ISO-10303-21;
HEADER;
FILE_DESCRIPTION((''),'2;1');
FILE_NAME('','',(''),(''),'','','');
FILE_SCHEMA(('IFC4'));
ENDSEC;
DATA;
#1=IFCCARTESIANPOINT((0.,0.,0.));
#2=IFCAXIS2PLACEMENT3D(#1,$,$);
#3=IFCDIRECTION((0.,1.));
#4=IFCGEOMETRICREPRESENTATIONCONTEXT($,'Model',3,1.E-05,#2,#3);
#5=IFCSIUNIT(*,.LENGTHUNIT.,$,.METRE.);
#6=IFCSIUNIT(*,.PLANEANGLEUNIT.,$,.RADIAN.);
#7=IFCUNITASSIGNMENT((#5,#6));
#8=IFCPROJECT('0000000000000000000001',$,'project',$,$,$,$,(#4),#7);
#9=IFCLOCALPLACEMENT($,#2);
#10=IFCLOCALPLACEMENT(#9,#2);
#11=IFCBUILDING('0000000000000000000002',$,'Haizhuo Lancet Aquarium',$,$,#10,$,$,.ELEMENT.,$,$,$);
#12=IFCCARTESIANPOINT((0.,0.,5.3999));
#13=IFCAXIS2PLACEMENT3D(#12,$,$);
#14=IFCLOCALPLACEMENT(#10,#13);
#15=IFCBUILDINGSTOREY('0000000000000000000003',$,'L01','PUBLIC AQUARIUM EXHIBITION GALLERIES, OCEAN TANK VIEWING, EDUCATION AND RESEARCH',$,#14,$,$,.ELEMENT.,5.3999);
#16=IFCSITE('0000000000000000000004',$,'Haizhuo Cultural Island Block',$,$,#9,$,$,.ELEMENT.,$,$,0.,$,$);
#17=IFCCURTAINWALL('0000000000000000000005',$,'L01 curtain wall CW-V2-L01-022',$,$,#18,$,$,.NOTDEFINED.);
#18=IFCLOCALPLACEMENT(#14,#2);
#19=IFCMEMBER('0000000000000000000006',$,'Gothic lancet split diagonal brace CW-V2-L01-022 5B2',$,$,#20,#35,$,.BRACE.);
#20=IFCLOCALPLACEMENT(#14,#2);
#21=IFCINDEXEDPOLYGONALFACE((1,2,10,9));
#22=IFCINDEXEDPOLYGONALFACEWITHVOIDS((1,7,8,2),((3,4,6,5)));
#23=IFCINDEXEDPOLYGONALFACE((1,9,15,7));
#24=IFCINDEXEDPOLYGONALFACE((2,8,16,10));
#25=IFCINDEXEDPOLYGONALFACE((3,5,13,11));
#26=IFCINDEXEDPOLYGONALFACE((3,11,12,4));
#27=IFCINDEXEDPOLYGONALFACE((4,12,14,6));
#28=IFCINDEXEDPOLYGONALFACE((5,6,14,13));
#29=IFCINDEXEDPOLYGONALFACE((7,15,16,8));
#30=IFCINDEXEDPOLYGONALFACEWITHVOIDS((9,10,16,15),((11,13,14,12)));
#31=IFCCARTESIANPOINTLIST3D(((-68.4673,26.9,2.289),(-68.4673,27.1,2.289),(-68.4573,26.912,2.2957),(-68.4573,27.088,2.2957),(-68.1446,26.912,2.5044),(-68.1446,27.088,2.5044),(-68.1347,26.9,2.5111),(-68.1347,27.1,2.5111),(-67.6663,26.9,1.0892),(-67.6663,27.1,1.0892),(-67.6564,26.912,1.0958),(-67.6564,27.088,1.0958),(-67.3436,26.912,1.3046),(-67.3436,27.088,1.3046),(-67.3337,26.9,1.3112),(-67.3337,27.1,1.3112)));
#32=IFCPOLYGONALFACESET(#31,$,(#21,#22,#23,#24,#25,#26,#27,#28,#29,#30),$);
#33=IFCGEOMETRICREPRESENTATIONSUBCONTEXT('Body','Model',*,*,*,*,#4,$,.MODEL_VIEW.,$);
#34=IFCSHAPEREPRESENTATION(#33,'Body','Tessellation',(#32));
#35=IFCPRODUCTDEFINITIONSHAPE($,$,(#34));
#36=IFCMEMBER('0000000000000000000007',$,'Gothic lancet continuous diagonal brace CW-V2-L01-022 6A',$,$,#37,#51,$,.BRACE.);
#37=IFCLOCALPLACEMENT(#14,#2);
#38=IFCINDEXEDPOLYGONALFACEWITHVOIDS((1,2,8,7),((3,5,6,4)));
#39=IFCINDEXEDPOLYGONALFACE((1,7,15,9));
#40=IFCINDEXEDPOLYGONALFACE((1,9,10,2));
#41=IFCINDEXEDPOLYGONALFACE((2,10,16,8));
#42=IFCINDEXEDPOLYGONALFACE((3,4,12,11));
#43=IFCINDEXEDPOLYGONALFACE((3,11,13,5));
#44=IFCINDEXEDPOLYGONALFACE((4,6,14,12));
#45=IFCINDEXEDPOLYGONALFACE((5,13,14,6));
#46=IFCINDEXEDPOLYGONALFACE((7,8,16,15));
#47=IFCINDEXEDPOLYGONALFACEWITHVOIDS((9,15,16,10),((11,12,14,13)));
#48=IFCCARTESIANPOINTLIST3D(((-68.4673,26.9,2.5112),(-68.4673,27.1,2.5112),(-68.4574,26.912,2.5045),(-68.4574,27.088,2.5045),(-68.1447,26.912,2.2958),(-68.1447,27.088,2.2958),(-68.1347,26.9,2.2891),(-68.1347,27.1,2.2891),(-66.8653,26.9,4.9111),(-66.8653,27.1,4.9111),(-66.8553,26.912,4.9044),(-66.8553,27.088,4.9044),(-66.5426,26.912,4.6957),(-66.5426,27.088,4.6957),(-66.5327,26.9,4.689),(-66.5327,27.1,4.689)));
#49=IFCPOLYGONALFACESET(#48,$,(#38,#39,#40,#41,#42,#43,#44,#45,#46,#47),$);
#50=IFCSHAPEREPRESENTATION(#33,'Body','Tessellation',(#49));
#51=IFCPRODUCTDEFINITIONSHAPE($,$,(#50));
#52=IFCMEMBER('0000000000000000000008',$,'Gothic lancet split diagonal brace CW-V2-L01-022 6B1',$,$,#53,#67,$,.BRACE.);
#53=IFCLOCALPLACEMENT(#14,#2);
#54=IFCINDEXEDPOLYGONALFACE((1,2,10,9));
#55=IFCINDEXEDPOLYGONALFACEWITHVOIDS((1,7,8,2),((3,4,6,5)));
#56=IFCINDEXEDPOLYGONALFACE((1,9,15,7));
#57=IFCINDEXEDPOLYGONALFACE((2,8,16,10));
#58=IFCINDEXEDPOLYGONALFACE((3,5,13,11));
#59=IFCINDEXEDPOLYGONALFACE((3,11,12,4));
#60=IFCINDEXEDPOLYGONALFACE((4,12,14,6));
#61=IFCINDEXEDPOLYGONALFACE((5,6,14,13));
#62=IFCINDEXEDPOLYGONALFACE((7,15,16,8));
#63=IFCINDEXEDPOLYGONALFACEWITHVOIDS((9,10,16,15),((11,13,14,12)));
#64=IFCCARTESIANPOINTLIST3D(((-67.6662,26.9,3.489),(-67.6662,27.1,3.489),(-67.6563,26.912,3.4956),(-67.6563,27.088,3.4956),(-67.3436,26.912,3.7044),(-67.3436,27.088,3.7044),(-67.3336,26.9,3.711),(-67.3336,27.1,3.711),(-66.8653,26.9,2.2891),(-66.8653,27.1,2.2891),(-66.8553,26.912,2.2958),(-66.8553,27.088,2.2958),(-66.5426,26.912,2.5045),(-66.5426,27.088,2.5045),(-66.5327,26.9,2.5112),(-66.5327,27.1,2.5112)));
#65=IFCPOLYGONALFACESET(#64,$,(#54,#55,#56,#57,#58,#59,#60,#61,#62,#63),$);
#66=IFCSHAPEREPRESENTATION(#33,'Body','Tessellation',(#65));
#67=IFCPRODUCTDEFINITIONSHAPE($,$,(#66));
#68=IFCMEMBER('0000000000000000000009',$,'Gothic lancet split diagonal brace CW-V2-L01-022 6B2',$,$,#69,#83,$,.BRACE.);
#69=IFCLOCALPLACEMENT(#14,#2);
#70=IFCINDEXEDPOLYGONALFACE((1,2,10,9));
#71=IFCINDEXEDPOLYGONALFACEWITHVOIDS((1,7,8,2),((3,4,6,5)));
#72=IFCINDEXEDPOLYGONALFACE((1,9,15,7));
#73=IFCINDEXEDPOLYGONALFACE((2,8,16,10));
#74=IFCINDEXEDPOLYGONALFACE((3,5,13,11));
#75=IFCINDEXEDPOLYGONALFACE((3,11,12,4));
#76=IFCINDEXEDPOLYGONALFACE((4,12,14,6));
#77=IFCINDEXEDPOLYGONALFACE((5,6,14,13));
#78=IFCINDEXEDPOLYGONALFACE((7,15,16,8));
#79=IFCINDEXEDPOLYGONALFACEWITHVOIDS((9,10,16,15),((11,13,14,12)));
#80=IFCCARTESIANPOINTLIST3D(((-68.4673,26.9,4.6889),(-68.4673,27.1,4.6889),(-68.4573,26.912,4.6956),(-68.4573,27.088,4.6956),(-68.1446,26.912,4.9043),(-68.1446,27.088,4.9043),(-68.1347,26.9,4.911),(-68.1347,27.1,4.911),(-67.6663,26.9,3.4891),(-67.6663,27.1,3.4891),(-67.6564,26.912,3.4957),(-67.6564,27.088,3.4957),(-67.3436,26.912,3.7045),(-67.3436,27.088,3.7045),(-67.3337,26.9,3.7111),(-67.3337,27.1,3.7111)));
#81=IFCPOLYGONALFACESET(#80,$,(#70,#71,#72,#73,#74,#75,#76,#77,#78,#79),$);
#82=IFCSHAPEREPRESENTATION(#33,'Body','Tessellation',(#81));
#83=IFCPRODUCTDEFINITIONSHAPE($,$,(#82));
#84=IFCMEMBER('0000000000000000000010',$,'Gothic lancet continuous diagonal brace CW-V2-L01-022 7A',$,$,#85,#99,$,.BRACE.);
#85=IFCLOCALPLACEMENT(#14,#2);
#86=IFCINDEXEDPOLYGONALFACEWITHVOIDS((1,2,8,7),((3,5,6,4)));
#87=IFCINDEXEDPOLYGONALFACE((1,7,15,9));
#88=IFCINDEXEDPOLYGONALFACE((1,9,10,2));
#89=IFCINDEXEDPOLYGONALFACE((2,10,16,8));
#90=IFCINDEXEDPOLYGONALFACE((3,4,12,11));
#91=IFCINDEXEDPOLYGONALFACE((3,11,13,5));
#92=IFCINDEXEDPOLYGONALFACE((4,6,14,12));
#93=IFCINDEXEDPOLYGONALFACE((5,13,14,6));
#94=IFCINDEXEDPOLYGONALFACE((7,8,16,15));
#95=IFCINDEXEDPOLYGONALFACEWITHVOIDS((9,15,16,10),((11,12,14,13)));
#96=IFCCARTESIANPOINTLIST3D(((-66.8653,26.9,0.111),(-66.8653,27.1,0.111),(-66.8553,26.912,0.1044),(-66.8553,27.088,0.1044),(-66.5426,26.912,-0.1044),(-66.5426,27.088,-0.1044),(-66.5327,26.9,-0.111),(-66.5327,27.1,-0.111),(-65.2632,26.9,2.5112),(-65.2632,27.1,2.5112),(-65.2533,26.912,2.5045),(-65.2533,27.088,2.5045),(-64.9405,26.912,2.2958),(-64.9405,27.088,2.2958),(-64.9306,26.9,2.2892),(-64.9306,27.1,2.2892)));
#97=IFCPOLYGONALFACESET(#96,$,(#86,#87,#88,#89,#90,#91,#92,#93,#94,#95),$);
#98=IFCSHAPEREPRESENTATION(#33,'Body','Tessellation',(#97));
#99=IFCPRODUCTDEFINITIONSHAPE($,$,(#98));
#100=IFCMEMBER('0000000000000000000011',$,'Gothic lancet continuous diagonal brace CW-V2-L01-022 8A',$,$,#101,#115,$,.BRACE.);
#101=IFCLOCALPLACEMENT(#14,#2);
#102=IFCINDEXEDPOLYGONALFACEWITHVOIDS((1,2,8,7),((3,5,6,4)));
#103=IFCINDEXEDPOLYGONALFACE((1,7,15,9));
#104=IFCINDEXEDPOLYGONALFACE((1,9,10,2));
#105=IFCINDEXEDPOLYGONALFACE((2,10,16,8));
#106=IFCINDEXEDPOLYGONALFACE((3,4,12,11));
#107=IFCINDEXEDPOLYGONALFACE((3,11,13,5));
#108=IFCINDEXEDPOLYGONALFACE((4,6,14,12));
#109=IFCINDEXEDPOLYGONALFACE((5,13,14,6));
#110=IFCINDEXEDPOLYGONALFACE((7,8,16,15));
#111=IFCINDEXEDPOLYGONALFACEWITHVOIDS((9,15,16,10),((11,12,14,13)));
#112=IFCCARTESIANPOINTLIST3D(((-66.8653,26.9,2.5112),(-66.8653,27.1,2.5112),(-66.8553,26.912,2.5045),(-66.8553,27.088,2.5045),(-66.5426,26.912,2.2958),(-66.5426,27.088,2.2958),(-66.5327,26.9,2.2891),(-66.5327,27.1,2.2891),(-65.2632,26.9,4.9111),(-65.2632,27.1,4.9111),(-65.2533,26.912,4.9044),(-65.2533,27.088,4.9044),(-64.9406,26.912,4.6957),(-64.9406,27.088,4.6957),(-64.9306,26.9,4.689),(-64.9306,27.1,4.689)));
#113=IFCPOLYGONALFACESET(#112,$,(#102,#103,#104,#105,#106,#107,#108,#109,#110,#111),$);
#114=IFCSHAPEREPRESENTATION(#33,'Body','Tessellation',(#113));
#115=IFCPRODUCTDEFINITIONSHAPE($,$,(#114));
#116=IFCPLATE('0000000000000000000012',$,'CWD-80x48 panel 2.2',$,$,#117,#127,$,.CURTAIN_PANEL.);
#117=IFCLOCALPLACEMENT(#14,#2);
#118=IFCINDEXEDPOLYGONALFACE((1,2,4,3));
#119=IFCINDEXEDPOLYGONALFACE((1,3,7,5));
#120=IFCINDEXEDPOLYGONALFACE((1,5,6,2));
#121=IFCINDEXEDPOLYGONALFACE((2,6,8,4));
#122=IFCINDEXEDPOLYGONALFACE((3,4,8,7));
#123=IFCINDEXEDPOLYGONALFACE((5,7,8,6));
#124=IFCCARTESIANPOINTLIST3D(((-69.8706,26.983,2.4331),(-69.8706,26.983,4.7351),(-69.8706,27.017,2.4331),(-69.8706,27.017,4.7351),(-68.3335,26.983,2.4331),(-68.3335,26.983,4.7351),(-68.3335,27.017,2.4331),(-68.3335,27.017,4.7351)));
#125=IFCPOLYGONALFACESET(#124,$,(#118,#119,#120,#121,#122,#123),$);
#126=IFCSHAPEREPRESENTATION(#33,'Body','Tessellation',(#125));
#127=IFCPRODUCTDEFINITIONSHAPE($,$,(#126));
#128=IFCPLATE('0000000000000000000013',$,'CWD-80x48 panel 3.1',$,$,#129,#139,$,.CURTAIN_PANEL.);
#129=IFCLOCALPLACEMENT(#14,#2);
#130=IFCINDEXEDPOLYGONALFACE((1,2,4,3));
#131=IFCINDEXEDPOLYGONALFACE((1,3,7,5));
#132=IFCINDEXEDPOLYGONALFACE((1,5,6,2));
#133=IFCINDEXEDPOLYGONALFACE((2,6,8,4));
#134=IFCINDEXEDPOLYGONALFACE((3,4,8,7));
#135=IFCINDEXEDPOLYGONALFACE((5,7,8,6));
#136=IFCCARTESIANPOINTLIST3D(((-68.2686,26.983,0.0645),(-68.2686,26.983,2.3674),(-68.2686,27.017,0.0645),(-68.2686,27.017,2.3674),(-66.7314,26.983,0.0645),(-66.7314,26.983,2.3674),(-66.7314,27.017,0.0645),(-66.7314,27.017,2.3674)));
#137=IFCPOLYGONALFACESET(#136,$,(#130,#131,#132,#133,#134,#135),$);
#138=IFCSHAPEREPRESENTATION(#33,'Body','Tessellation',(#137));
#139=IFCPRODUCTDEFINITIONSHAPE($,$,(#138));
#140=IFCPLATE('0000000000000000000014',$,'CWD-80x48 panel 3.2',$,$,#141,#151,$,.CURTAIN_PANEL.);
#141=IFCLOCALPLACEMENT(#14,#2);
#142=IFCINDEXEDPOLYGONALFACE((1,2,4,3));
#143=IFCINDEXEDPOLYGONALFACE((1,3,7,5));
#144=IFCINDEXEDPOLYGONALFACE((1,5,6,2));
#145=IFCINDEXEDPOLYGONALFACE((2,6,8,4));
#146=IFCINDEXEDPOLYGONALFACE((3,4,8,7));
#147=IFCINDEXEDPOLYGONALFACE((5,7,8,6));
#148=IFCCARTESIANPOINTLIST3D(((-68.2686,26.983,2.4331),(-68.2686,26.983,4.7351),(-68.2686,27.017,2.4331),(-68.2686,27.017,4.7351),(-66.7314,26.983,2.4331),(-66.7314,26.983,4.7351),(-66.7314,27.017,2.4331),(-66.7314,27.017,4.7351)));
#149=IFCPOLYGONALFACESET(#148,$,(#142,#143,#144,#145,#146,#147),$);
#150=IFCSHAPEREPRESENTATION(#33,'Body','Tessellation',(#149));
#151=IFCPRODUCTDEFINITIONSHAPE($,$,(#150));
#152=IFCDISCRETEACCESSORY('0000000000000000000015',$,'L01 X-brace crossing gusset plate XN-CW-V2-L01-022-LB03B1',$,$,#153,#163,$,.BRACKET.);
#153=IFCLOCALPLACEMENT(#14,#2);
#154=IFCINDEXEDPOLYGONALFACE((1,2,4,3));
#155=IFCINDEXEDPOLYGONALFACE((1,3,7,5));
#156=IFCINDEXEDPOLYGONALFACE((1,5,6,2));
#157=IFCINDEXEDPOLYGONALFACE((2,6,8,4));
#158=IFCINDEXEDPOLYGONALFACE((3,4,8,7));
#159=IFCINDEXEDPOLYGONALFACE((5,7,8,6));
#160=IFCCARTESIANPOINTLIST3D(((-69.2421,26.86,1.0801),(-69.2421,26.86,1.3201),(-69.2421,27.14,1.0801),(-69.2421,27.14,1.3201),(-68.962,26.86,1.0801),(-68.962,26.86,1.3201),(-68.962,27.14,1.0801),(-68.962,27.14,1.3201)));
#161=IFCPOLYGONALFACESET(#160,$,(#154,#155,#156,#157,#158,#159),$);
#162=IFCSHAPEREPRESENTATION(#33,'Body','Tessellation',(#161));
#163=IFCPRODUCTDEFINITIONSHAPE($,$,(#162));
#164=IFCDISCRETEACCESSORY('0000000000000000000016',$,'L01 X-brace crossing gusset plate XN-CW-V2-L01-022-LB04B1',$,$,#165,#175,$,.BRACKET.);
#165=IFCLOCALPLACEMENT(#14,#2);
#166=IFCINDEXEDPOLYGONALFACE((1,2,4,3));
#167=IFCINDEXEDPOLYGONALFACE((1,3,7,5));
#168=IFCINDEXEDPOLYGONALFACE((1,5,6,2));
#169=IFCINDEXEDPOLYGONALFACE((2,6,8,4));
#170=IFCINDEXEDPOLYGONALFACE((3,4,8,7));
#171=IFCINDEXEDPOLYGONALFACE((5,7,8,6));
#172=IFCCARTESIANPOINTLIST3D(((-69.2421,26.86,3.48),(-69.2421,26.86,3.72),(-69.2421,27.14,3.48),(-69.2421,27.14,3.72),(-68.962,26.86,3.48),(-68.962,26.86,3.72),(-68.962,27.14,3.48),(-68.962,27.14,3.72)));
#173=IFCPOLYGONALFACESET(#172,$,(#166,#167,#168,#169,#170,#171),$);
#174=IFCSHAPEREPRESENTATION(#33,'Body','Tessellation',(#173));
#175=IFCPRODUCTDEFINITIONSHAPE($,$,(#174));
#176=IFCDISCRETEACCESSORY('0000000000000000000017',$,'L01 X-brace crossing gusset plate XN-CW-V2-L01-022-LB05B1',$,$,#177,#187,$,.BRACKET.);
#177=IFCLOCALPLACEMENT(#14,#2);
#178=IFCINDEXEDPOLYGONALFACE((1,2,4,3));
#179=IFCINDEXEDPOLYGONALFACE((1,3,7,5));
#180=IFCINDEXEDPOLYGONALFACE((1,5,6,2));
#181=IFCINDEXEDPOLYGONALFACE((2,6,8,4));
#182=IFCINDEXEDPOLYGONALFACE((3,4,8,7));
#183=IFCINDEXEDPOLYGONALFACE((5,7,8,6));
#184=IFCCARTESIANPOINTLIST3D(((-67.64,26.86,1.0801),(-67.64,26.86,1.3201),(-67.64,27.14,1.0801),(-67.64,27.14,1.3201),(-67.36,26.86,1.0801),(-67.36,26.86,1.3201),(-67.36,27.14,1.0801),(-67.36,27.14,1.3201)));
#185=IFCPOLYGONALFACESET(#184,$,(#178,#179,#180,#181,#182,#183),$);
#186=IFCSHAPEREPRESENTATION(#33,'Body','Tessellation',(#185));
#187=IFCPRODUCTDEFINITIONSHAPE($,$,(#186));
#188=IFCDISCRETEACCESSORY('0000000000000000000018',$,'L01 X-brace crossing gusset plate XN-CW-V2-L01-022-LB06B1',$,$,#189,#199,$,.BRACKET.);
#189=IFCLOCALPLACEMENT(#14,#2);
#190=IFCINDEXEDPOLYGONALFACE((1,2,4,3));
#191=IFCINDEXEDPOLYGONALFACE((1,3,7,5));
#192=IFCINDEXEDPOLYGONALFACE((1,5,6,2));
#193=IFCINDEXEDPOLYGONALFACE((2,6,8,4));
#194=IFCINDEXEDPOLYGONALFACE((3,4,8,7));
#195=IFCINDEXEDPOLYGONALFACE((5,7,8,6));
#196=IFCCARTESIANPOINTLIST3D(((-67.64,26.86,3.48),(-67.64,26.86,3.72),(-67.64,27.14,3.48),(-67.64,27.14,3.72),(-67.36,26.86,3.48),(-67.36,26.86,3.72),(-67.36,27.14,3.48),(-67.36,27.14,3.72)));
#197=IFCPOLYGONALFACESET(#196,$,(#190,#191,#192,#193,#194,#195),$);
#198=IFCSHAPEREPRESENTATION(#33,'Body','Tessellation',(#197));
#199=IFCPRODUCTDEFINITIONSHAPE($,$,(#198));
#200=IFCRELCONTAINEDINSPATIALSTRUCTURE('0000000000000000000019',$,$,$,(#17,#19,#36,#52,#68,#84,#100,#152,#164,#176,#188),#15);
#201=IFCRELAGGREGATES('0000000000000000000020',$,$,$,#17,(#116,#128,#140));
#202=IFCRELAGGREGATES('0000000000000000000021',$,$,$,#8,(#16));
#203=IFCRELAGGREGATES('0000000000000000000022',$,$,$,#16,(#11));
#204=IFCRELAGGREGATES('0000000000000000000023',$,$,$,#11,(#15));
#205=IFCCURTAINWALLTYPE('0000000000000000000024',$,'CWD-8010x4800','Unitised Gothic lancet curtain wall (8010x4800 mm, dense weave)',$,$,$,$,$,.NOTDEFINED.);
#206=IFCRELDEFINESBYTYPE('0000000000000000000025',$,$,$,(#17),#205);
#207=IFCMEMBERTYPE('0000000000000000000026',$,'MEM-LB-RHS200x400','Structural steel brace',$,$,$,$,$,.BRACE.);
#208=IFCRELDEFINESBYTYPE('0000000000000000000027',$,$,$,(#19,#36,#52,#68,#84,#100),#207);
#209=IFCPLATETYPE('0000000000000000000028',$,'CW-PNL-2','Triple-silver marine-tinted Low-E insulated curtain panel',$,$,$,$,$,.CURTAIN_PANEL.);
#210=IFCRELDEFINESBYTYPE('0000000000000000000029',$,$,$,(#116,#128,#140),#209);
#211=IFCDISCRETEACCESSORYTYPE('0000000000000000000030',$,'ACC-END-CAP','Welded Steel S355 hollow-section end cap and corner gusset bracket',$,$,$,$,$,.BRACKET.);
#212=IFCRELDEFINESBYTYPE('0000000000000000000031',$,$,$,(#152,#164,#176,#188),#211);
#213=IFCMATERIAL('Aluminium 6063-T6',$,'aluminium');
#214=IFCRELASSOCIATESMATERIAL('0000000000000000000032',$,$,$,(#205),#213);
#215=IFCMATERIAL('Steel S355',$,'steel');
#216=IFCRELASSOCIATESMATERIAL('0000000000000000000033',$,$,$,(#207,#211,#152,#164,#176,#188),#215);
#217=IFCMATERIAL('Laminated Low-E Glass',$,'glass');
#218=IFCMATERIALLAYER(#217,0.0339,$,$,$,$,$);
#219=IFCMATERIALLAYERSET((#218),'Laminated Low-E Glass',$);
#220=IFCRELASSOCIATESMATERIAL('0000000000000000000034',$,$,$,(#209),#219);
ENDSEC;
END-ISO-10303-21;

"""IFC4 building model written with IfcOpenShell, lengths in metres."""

from ifc_helpers import new_model, si_unit, direction, frame, origin, origin_2d, place, context, subcontext, project, spatial, rectangle, hollow_rectangle, extrude, material, layer, layer_set, material_profile, profile_set, type_object, element, aggregate, save


model = new_model("IFC4")

# Units and contexts
model_context = context("Model", 3, precision=1e-05, world=origin(), true_north=direction((0.0, 1.0)))
body_context = subcontext(model_context, "Body", "Model", "MODEL_VIEW")
ifc_project = project(units=[si_unit("LENGTHUNIT", "METRE"), si_unit("PLANEANGLEUNIT", "RADIAN")], contexts=[model_context])

# Site, building, storey
site_placement = place(None, origin())
site = spatial("IfcSite", under=ifc_project, at=site_placement, Name="Haizhuo Cultural Island Block", CompositionType="ELEMENT", RefElevation=0.0)
building_placement = place(site_placement, origin())
building = spatial("IfcBuilding", under=site, at=building_placement, Name="Haizhuo Lancet Aquarium", CompositionType="ELEMENT")
storey_placement = place(building_placement, frame((0.0, 0.0, 5.3999)))
storey = spatial("IfcBuildingStorey", under=building, at=storey_placement, Name="L01", Description="PUBLIC AQUARIUM EXHIBITION GALLERIES, OCEAN TANK VIEWING, EDUCATION AND RESEARCH", CompositionType="ELEMENT", Elevation=5.3999)

# Curtain wall
ifc_material_1 = material(Name="Aluminium 6063-T6", Category="aluminium")
curtain_wall_type = type_object("IfcCurtainWallType", Name="CWD-8010x4800", Description="Unitised Gothic lancet curtain wall (8010x4800 mm, dense weave)", PredefinedType="NOTDEFINED", material=ifc_material_1)
curtain_wall_placement = place(storey_placement, origin())
curtain_wall = element("IfcCurtainWall", 1, at=curtain_wall_placement, inside=storey, type_object=curtain_wall_type, Name="L01 curtain wall CW-V2-L01-022", PredefinedType="NOTDEFINED")

# Members
ifc_material_2 = material(Name="Steel S355", Category="steel")
ifc_material_profile_1 = material_profile(ifc_material_2, hollow_rectangle(XDim=0.2, YDim=0.3999, WallThickness=0.012, at=origin_2d()), Name="RHS 200x400x12")
ifc_profile_set_1 = profile_set([ifc_material_profile_1], Name="Steel S355")
member_type_1 = type_object("IfcMemberType", Name="MEM-LB-RHS200x400", Description="Structural steel brace", PredefinedType="BRACE", material=ifc_profile_set_1)
member_1_placement = place(storey_placement, frame((-67.5, 27.0, 1.2002), z_axis=(-0.555208, 0.0, 0.831712), x_axis=(0.0, -1.0, 0.0)))
element("IfcMember", 2, at=member_1_placement, inside=storey, type_object=member_type_1, Name="Gothic lancet split diagonal brace CW-V2-L01-022 5B2", PredefinedType="BRACE", context=body_context, shape_type="SweptSolid", body=[
    extrude(hollow_rectangle(XDim=0.2, YDim=0.3999, WallThickness=0.012, at=origin_2d()), origin(), (0.0, 0.0, 1.0), 1.4426),
])
member_2_placement = place(storey_placement, frame((-68.301, 27.0, 2.4001), z_axis=(0.555208, 0.0, 0.831712), x_axis=(0.0, 1.0, 0.0)))
element("IfcMember", 3, at=member_2_placement, inside=storey, type_object=member_type_1, Name="Gothic lancet continuous diagonal brace CW-V2-L01-022 6A", PredefinedType="BRACE", context=body_context, shape_type="SweptSolid", body=[
    extrude(hollow_rectangle(XDim=0.2, YDim=0.3999, WallThickness=0.012, at=origin_2d()), origin(), (0.0, 0.0, 1.0), 2.8855),
])
for number, where, z_axis, x_axis, name in (
    (4, (-66.699, 27.0, 2.4001), (-0.555208, 0.0, 0.831712), (0.0, -1.0, 0.0), "Gothic lancet split diagonal brace CW-V2-L01-022 6B1"),
    (5, (-67.5, 27.0, 3.6001), (-0.555208, 0.0, 0.831712), (0.0, -1.0, 0.0), "Gothic lancet split diagonal brace CW-V2-L01-022 6B2"),
):
    element("IfcMember", number, at=place(storey_placement, frame(where, z_axis=z_axis, x_axis=x_axis)), inside=storey, type_object=member_type_1, Name=name, PredefinedType="BRACE", context=body_context, shape_type="SweptSolid", body=[
        extrude(hollow_rectangle(XDim=0.2, YDim=0.3999, WallThickness=0.012, at=origin_2d()), origin(), (0.0, 0.0, 1.0), 1.4426),
    ])
member_3_placement = place(storey_placement, frame((-66.699, 27.0, 0.0), z_axis=(0.555169, 0.0, 0.831738), x_axis=(0.0, 1.0, 0.0)))
element("IfcMember", 6, at=member_3_placement, inside=storey, type_object=member_type_1, Name="Gothic lancet continuous diagonal brace CW-V2-L01-022 7A", PredefinedType="BRACE", context=body_context, shape_type="SweptSolid", body=[
    extrude(hollow_rectangle(XDim=0.2, YDim=0.3999, WallThickness=0.012, at=origin_2d()), origin(), (0.0, 0.0, 1.0), 2.8857),
])
member_4_placement = place(storey_placement, frame((-66.699, 27.0, 2.4001), z_axis=(0.555208, 0.0, 0.831712), x_axis=(0.0, 1.0, 0.0)))
element("IfcMember", 7, at=member_4_placement, inside=storey, type_object=member_type_1, Name="Gothic lancet continuous diagonal brace CW-V2-L01-022 8A", PredefinedType="BRACE", context=body_context, shape_type="SweptSolid", body=[
    extrude(hollow_rectangle(XDim=0.2, YDim=0.3999, WallThickness=0.012, at=origin_2d()), origin(), (0.0, 0.0, 1.0), 2.8855),
])

# Plates
ifc_material_3 = material(Name="Laminated Low-E Glass", Category="glass")
ifc_layer = layer(ifc_material_3, 0.0339)
ifc_layer_set = layer_set([ifc_layer], Name="Laminated Low-E Glass")
plate_type = type_object("IfcPlateType", Name="CW-PNL-2", Description="Triple-silver marine-tinted Low-E insulated curtain panel", PredefinedType="CURTAIN_PANEL", material=ifc_layer_set)
plate_1_placement = place(storey_placement, frame((-69.1021, 27.0, 2.4331), z_axis=(0.0, 0.0, 1.0), x_axis=(1.0, 0.0, 0.0)))
plate_1 = element("IfcPlate", 8, at=plate_1_placement, type_object=plate_type, Name="CWD-80x48 panel 2.2", PredefinedType="CURTAIN_PANEL", context=body_context, shape_type="SweptSolid", body=[
    extrude(rectangle(XDim=1.5371, YDim=0.0339, at=origin_2d()), origin(), (0.0, 0.0, 1.0), 2.302),
])
plate_2_placement = place(storey_placement, frame((-67.5, 27.0, 0.0645), z_axis=(0.0, 0.0, 1.0), x_axis=(1.0, 0.0, 0.0)))
plate_2 = element("IfcPlate", 9, at=plate_2_placement, type_object=plate_type, Name="CWD-80x48 panel 3.1", PredefinedType="CURTAIN_PANEL", context=body_context, shape_type="SweptSolid", body=[
    extrude(rectangle(XDim=1.5371, YDim=0.0339, at=origin_2d()), origin(), (0.0, 0.0, 1.0), 2.303),
])
plate_3_placement = place(storey_placement, frame((-67.5, 27.0, 2.4331), z_axis=(0.0, 0.0, 1.0), x_axis=(1.0, 0.0, 0.0)))
plate_3 = element("IfcPlate", 10, at=plate_3_placement, type_object=plate_type, Name="CWD-80x48 panel 3.2", PredefinedType="CURTAIN_PANEL", context=body_context, shape_type="SweptSolid", body=[
    extrude(rectangle(XDim=1.5371, YDim=0.0339, at=origin_2d()), origin(), (0.0, 0.0, 1.0), 2.302),
])
aggregate(curtain_wall, [plate_1, plate_2, plate_3])

# Discrete accessories
discrete_accessory_type = type_object("IfcDiscreteAccessoryType", Name="ACC-END-CAP", Description="Welded Steel S355 hollow-section end cap and corner gusset bracket", PredefinedType="BRACKET", material=ifc_material_2)
for number, where, z_axis, x_axis, name in (
    (11, (-69.1021, 27.0, 1.0801), (0.0, 0.0, 1.0), (1.0, 0.0, 0.0), "L01 X-brace crossing gusset plate XN-CW-V2-L01-022-LB03B1"),
    (12, (-69.1021, 27.0, 3.48), (0.0, 0.0, 1.0), (1.0, 0.0, 0.0), "L01 X-brace crossing gusset plate XN-CW-V2-L01-022-LB04B1"),
    (13, (-67.5, 27.0, 1.0801), (0.0, 0.0, 1.0), (1.0, 0.0, 0.0), "L01 X-brace crossing gusset plate XN-CW-V2-L01-022-LB05B1"),
    (14, (-67.5, 27.0, 3.48), (0.0, 0.0, 1.0), (1.0, 0.0, 0.0), "L01 X-brace crossing gusset plate XN-CW-V2-L01-022-LB06B1"),
):
    element("IfcDiscreteAccessory", number, at=place(storey_placement, frame(where, z_axis=z_axis, x_axis=x_axis)), inside=storey, type_object=discrete_accessory_type, material=ifc_material_2, Name=name, PredefinedType="BRACKET", context=body_context, shape_type="SweptSolid", body=[
        extrude(rectangle(XDim=0.28, YDim=0.28, at=origin_2d()), origin(), (0.0, 0.0, 1.0), 0.24),
    ])

save(model, "model.ifc")
